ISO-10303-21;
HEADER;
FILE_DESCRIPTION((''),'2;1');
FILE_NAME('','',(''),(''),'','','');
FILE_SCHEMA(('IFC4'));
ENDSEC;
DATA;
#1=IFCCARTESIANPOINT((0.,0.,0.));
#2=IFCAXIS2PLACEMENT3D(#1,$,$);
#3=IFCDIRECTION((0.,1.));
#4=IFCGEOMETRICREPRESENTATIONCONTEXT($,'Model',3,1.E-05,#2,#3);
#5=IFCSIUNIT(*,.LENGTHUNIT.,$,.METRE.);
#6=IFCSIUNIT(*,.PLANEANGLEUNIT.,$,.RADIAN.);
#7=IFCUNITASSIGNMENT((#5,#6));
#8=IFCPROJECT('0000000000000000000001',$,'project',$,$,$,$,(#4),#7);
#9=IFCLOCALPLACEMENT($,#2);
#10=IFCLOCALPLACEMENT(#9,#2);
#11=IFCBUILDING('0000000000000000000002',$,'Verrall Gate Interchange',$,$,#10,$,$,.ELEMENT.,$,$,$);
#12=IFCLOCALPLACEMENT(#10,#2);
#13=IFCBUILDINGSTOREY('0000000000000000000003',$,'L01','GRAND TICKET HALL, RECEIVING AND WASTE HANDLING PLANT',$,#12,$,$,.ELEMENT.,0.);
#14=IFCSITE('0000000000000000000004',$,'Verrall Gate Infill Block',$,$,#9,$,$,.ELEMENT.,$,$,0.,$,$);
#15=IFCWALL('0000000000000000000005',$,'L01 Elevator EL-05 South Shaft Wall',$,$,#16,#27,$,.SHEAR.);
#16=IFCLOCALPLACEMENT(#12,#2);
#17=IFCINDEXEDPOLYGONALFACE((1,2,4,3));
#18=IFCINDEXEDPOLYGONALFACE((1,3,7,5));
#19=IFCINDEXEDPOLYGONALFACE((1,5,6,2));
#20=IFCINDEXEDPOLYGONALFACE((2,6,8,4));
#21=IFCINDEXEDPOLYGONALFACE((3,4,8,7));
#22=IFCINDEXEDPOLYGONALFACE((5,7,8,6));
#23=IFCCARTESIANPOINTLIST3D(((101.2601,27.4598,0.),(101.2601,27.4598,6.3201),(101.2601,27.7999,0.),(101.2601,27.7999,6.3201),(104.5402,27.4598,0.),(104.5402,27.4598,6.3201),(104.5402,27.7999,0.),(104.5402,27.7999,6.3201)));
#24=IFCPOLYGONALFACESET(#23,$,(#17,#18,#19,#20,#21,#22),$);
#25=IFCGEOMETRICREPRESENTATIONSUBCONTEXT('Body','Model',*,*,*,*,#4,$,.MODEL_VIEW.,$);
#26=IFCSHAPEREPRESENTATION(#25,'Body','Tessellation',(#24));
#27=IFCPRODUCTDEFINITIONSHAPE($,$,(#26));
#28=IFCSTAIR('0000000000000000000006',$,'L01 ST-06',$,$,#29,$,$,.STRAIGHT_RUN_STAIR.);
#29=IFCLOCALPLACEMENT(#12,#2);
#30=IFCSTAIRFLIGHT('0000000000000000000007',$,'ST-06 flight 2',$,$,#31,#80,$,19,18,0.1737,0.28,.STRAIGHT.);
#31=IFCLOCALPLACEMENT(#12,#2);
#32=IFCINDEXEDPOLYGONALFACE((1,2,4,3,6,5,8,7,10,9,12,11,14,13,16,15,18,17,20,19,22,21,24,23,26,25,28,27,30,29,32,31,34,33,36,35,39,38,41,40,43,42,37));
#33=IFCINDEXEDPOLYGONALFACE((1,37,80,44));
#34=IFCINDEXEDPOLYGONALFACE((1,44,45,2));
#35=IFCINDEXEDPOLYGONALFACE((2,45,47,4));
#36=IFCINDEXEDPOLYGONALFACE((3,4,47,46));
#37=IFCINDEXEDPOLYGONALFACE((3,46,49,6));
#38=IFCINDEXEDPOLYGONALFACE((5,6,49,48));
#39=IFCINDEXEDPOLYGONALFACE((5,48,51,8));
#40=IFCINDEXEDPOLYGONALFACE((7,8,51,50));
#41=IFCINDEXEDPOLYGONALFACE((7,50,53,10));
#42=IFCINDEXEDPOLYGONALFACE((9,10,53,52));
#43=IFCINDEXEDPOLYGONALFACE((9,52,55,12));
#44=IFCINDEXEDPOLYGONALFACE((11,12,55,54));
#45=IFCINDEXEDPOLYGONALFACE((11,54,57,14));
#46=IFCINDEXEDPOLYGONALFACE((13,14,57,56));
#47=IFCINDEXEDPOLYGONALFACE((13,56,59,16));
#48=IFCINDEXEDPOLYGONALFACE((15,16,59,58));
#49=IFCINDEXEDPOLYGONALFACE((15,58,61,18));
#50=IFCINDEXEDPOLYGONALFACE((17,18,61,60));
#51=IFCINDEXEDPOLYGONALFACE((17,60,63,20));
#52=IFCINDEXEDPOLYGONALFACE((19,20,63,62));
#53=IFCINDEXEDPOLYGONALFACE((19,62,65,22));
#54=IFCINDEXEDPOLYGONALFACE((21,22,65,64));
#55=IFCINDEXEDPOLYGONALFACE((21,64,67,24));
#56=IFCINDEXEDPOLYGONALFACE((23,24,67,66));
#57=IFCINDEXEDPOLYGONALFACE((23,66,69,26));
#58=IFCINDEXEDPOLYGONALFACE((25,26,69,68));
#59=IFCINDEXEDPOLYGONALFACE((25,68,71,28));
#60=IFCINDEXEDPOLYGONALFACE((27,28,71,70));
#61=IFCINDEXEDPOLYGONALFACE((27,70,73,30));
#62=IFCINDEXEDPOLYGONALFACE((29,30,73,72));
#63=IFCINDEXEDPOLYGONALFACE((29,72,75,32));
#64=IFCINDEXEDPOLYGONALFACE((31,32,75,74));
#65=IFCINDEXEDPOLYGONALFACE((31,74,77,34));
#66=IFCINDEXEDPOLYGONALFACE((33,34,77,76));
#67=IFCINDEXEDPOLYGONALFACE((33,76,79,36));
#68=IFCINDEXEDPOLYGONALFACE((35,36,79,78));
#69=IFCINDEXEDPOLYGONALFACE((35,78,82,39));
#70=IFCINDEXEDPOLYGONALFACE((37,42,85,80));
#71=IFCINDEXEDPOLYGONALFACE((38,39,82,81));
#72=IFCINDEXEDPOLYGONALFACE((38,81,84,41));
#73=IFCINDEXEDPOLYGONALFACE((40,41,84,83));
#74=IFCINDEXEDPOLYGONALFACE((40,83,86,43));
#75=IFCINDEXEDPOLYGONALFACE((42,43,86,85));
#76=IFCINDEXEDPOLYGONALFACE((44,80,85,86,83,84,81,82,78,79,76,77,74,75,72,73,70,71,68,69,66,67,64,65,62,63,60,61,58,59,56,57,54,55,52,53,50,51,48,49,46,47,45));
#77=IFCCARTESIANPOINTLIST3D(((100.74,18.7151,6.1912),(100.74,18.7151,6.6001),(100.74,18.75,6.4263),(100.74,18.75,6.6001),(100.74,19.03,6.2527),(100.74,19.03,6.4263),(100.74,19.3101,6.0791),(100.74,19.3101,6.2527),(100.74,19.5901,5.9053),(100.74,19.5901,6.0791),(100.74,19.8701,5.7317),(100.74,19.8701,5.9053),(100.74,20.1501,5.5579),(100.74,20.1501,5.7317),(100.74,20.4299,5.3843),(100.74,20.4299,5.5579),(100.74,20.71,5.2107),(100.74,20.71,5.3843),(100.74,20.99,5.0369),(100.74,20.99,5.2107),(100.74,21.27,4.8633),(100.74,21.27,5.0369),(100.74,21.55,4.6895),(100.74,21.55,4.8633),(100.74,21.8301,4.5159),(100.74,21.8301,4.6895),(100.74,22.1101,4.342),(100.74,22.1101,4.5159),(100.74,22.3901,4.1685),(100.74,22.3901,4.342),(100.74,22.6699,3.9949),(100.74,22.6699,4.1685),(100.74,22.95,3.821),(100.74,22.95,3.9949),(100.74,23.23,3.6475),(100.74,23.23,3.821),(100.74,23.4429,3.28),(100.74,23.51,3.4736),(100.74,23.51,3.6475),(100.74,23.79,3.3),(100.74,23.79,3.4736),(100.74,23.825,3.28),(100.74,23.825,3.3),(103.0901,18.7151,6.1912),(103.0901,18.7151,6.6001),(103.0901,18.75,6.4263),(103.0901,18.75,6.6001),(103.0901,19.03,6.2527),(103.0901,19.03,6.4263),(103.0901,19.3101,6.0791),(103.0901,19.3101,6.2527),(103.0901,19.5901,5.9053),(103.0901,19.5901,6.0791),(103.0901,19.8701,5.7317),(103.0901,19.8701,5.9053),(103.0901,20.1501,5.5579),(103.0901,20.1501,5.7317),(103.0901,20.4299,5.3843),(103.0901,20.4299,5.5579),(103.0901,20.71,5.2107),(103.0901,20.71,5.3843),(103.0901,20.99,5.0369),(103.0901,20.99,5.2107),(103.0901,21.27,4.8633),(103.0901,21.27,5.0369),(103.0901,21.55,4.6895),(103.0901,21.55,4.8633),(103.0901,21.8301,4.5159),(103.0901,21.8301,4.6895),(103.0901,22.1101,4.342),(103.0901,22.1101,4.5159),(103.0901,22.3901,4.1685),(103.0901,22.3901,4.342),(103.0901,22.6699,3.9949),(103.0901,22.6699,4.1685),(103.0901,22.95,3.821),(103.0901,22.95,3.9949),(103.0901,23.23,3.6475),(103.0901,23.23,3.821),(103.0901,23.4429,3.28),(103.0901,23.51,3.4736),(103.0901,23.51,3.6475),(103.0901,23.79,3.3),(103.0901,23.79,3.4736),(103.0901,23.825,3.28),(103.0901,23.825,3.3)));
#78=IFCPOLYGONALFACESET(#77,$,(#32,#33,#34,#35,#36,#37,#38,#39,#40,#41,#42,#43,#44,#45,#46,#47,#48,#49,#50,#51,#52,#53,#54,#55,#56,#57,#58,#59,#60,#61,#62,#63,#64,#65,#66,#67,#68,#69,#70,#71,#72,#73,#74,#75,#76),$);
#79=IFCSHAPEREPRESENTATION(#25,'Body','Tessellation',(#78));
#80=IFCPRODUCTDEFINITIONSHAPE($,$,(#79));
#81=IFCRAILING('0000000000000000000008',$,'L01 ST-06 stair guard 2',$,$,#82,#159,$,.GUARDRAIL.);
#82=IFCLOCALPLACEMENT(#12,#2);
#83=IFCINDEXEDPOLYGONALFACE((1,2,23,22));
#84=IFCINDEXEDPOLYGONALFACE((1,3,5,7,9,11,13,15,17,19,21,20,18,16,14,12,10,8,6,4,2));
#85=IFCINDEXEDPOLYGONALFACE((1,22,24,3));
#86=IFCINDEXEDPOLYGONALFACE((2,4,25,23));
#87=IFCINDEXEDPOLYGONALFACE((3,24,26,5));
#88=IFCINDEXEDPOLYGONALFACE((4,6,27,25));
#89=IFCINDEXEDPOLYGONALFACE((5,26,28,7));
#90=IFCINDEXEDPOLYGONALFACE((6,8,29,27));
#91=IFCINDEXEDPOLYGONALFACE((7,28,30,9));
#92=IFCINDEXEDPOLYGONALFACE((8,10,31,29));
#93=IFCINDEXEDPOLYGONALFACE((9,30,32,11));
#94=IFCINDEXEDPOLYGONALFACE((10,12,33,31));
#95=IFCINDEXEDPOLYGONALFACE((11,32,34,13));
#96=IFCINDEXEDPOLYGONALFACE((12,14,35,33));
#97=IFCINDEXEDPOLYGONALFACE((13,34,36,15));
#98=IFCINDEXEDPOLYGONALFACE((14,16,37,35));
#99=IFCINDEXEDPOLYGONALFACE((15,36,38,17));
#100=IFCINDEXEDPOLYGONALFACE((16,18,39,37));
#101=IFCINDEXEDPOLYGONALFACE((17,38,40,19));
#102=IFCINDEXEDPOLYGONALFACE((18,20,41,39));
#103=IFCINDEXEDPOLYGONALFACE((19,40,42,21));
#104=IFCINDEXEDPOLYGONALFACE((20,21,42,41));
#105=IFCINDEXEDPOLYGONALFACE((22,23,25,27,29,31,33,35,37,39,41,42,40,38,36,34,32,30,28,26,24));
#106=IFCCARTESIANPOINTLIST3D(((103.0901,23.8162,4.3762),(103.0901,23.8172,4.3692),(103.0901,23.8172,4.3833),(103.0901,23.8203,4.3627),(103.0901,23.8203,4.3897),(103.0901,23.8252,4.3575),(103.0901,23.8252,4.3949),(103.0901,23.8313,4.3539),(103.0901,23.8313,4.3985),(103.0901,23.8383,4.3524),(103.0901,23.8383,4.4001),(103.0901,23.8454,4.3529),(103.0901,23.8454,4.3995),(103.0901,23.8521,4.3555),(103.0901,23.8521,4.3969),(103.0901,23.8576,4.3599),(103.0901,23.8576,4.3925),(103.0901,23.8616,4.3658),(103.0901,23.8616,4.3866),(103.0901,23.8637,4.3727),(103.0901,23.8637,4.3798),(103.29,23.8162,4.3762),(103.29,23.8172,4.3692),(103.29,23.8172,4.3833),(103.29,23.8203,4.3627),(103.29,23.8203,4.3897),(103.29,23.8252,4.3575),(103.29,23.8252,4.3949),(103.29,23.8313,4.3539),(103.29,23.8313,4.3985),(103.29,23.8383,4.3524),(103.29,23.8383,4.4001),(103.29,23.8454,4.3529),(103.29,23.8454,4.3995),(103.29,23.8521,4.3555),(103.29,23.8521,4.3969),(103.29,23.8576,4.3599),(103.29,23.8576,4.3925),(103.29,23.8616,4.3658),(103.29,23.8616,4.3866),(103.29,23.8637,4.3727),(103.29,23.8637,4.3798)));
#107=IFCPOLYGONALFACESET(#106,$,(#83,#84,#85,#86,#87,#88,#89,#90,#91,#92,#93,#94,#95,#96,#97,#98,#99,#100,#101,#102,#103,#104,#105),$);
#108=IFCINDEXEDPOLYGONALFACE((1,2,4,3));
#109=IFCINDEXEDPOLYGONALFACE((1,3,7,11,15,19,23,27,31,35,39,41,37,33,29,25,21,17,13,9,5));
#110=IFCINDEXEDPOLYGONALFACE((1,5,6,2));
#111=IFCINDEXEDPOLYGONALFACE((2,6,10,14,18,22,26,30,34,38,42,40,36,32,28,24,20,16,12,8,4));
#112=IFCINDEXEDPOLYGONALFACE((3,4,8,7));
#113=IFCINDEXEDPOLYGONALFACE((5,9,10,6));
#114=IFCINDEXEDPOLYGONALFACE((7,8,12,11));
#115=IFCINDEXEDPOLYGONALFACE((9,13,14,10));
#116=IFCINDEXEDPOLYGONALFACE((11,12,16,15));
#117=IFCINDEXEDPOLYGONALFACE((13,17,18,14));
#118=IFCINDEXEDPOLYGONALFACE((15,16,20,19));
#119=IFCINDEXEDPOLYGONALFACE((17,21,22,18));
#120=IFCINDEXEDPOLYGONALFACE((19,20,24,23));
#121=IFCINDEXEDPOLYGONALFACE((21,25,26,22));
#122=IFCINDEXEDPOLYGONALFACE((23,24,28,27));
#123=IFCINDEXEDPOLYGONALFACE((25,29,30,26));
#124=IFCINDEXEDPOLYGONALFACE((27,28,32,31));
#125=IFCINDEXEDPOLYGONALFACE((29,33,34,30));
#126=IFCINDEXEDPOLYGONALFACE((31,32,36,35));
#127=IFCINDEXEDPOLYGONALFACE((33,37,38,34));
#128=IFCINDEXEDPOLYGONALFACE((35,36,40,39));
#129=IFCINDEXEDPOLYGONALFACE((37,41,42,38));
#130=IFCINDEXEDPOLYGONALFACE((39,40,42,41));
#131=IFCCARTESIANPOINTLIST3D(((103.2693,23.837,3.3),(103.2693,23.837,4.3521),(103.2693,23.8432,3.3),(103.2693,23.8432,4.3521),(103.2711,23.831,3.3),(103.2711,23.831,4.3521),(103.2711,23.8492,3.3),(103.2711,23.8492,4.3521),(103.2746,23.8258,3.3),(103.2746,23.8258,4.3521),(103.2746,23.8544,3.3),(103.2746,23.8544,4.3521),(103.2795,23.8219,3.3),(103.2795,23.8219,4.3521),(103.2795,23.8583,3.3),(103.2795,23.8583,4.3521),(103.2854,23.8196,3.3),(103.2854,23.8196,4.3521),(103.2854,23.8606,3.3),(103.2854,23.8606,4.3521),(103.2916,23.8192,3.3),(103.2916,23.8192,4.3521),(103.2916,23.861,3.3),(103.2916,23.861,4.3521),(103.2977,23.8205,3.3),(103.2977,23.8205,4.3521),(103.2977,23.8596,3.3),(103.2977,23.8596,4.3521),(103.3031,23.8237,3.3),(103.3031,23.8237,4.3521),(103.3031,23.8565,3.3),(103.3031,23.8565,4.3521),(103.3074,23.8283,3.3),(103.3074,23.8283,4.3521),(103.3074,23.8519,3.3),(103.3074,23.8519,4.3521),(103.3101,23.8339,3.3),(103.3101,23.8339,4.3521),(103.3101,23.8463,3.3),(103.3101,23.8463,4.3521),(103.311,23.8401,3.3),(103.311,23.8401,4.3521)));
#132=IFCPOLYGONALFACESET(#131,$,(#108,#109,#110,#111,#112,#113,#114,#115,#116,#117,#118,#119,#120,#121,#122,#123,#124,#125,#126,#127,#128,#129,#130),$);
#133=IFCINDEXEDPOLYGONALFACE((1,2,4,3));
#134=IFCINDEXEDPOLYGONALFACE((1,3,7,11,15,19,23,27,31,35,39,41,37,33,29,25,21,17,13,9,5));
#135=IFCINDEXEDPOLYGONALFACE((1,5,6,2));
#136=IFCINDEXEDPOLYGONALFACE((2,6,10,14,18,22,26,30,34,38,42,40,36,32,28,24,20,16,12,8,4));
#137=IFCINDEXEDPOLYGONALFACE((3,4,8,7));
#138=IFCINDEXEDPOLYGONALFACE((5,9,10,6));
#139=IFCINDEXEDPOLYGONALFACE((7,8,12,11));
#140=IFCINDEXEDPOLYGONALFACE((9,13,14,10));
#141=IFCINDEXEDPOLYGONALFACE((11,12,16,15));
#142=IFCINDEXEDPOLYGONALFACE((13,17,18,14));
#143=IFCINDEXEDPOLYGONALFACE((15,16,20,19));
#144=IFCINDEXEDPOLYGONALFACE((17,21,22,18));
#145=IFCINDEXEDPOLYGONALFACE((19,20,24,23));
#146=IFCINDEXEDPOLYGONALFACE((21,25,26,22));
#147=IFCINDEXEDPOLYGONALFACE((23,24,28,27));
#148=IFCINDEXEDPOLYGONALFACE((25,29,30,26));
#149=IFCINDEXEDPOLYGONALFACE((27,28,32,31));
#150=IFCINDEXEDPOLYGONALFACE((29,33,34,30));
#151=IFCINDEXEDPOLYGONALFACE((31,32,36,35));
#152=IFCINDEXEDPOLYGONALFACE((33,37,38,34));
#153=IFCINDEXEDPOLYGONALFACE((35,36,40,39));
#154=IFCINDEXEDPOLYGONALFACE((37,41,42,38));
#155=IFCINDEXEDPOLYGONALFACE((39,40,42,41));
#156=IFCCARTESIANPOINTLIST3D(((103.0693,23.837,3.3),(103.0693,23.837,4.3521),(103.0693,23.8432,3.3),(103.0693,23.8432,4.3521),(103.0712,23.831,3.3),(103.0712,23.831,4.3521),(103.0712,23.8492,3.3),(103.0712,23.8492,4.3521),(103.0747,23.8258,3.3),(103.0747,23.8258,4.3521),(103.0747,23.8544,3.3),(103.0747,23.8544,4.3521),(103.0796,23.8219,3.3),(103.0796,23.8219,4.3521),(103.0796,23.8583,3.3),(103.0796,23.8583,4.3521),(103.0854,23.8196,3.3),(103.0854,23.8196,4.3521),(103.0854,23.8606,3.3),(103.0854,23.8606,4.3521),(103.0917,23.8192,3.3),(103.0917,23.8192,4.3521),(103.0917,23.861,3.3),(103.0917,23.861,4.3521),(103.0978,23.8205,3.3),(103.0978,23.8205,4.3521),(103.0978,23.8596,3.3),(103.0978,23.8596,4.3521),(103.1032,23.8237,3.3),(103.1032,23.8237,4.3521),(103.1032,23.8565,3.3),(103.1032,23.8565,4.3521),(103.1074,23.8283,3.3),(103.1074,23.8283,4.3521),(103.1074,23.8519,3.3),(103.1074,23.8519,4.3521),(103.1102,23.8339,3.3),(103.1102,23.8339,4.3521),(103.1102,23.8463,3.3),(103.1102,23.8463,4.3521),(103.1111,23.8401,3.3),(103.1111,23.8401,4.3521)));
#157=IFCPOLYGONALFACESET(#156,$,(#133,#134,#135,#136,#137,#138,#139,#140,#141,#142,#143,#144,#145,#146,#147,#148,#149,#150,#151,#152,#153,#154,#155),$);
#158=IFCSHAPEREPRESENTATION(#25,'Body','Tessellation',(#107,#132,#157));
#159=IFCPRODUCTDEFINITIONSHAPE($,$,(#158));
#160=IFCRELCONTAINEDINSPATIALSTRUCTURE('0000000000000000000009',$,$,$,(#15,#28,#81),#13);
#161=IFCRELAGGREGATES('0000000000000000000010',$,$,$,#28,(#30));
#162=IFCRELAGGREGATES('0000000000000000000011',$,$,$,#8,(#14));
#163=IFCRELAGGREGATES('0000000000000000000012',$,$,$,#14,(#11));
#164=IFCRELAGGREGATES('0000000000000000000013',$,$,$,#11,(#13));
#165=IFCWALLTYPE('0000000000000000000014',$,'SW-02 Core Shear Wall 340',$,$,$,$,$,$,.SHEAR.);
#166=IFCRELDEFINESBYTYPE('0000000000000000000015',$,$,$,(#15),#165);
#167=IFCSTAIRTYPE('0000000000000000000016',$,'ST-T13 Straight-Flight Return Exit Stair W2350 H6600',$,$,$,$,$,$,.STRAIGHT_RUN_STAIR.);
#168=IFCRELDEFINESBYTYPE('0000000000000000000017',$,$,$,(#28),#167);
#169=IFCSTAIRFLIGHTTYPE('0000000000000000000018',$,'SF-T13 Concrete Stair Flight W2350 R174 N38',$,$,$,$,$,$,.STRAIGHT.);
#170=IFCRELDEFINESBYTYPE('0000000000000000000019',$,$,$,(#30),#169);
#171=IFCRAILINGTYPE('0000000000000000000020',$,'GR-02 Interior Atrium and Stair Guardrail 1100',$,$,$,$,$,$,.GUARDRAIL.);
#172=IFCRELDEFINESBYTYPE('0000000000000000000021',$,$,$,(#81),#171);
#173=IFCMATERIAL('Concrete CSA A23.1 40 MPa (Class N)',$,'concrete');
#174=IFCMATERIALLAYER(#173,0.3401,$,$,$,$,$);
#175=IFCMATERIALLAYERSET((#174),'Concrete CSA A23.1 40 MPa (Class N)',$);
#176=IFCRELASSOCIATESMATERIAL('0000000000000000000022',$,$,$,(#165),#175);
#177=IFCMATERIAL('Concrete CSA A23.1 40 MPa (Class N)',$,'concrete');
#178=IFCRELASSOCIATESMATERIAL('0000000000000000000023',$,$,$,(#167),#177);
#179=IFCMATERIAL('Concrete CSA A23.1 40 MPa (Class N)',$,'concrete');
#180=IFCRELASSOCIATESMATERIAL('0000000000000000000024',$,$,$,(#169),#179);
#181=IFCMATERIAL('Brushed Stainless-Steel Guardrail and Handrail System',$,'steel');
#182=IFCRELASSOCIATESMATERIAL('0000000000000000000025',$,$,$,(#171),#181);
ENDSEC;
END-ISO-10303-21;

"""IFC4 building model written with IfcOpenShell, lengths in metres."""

from ifc_helpers import new_model, si_unit, direction, frame, frame_2d, origin, origin_2d, place, context, subcontext, project, spatial, polyline, rectangle, circle, outline, extrude, material, layer, layer_set, type_object, element, aggregate, save


model = new_model("IFC4")

# Units and contexts
model_context = context("Model", 3, precision=1e-05, world=origin(), true_north=direction((0.0, 1.0)))
body_context = subcontext(model_context, "Body", "Model", "MODEL_VIEW")
ifc_project = project(units=[si_unit("LENGTHUNIT", "METRE"), si_unit("PLANEANGLEUNIT", "RADIAN")], contexts=[model_context])

# Site, building, storey
site_placement = place(None, origin())
site = spatial("IfcSite", under=ifc_project, at=site_placement, Name="Verrall Gate Infill Block", CompositionType="ELEMENT", RefElevation=0.0)
building_placement = place(site_placement, origin())
building = spatial("IfcBuilding", under=site, at=building_placement, Name="Verrall Gate Interchange", CompositionType="ELEMENT")
storey_placement = place(building_placement, origin())
storey = spatial("IfcBuildingStorey", under=building, at=storey_placement, Name="L01", Description="GRAND TICKET HALL, RECEIVING AND WASTE HANDLING PLANT", CompositionType="ELEMENT", Elevation=0.0)

# Wall
ifc_material_1 = material(Name="Concrete CSA A23.1 40 MPa (Class N)", Category="concrete")
ifc_layer_1 = layer(ifc_material_1, 0.3401)
ifc_layer_set_1 = layer_set([ifc_layer_1], Name="Concrete CSA A23.1 40 MPa (Class N)")
wall_type = type_object("IfcWallType", Name="SW-02 Core Shear Wall 340", PredefinedType="SHEAR", material=ifc_layer_set_1)
wall_1_placement = place(storey_placement, frame((101.26, 27.6299, 0.0), z_axis=(0.0, 0.0, 1.0), x_axis=(1.0, 0.0, 0.0)))
element("IfcWall", 1, at=wall_1_placement, inside=storey, type_object=wall_type, Name="L01 Elevator EL-05 South Shaft Wall", PredefinedType="SHEAR", context=body_context, shape_type="SweptSolid", body=[
    extrude(rectangle(XDim=3.28, YDim=0.3401, at=frame_2d((1.6401, 0.0))), origin(), (0.0, 0.0, 1.0), 6.3201),
])

# Stair, stair flight
ifc_material_2 = material(Name="Concrete CSA A23.1 40 MPa (Class N)", Category="concrete")
stair_type = type_object("IfcStairType", Name="ST-T13 Straight-Flight Return Exit Stair W2350 H6600", PredefinedType="STRAIGHT_RUN_STAIR", material=ifc_material_2)
stair_placement = place(storey_placement, origin())
stair = element("IfcStair", 2, at=stair_placement, inside=storey, type_object=stair_type, Name="L01 ST-06", PredefinedType="STRAIGHT_RUN_STAIR")
ifc_material_3 = material(Name="Concrete CSA A23.1 40 MPa (Class N)", Category="concrete")
stair_flight_type = type_object("IfcStairFlightType", Name="SF-T13 Concrete Stair Flight W2350 R174 N38", PredefinedType="STRAIGHT", material=ifc_material_3)
stair_flight_placement = place(storey_placement, frame((101.915, 23.79, 3.3), z_axis=(0.0, 0.0, 1.0), x_axis=(0.0, -1.0, 0.0)))
stair_flight = element("IfcStairFlight", 3, at=stair_flight_placement, type_object=stair_flight_type, Name="ST-06 flight 2", NumberOfRisers=19, NumberOfTreads=18, PredefinedType="STRAIGHT", RiserHeight=0.1737, TreadLength=0.28, context=body_context, shape_type="SweptSolid", body=[
    extrude(outline(polyline([(-0.0349, -0.02), (-0.0349, 0.0), (0.0, 0.0), (0.0, 0.1736), (0.28, 0.1736), (0.28, 0.3474), (0.5601, 0.3474), (0.5601, 0.521), (0.8401, 0.521), (0.8401, 0.6948), (1.1201, 0.6948), (1.1201, 0.8684), (1.3999, 0.8684), (1.3999, 1.042), (1.6799, 1.042), (1.6799, 1.2158), (1.96, 1.2158), (1.96, 1.3894), (2.24, 1.3894), (2.24, 1.5632), (2.52, 1.5632), (2.52, 1.7368), (2.8, 1.7368), (2.8, 1.9106), (3.0801, 1.9106), (3.0801, 2.0842), (3.3601, 2.0842), (3.3601, 2.2578), (3.6399, 2.2578), (3.6399, 2.4316), (3.9199, 2.4316), (3.9199, 2.6052), (4.2, 2.6052), (4.2, 2.7791), (4.48, 2.7791), (4.48, 2.9526), (4.76, 2.9526), (4.76, 3.1262), (5.04, 3.1262), (5.04, 3.3), (5.075, 3.3), (5.075, 2.8911), (0.3472, -0.02), (-0.0349, -0.02)])), frame((0.0, 1.175, 0.0), z_axis=(0.0, -1.0, 0.0), x_axis=(1.0, 0.0, 0.0)), (0.0, 0.0, 1.0), 2.3501),
])
aggregate(stair, [stair_flight])

# Railing
ifc_material_4 = material(Name="Brushed Stainless-Steel Guardrail and Handrail System", Category="steel")
railing_type_1 = type_object("IfcRailingType", Name="GR-02 Interior Atrium and Stair Guardrail 1100", PredefinedType="GUARDRAIL", material=ifc_material_4)
railing_1_placement = place(storey_placement, frame((103.29, 23.8401, 3.3)))
element("IfcRailing", 4, at=railing_1_placement, inside=storey, type_object=railing_type_1, Name="L01 ST-06 stair guard 2", PredefinedType="GUARDRAIL", context=body_context, shape_type="SweptSolid", body=[
    extrude(circle(Radius=0.0239, at=origin_2d()), frame((0.0, 0.0, 1.0762), z_axis=(-1.0, 0.0, 0.0), x_axis=(0.0, -1.0, 0.0)), (0.0, 0.0, 1.0), 0.2),
    extrude(circle(Radius=0.021, at=origin_2d()), origin(), (0.0, 0.0, 1.0), 1.052),
    extrude(circle(Radius=0.021, at=origin_2d()), frame((-0.2, 0.0, 0.0)), (0.0, 0.0, 1.0), 1.052),
])

save(model, "model.ifc")
